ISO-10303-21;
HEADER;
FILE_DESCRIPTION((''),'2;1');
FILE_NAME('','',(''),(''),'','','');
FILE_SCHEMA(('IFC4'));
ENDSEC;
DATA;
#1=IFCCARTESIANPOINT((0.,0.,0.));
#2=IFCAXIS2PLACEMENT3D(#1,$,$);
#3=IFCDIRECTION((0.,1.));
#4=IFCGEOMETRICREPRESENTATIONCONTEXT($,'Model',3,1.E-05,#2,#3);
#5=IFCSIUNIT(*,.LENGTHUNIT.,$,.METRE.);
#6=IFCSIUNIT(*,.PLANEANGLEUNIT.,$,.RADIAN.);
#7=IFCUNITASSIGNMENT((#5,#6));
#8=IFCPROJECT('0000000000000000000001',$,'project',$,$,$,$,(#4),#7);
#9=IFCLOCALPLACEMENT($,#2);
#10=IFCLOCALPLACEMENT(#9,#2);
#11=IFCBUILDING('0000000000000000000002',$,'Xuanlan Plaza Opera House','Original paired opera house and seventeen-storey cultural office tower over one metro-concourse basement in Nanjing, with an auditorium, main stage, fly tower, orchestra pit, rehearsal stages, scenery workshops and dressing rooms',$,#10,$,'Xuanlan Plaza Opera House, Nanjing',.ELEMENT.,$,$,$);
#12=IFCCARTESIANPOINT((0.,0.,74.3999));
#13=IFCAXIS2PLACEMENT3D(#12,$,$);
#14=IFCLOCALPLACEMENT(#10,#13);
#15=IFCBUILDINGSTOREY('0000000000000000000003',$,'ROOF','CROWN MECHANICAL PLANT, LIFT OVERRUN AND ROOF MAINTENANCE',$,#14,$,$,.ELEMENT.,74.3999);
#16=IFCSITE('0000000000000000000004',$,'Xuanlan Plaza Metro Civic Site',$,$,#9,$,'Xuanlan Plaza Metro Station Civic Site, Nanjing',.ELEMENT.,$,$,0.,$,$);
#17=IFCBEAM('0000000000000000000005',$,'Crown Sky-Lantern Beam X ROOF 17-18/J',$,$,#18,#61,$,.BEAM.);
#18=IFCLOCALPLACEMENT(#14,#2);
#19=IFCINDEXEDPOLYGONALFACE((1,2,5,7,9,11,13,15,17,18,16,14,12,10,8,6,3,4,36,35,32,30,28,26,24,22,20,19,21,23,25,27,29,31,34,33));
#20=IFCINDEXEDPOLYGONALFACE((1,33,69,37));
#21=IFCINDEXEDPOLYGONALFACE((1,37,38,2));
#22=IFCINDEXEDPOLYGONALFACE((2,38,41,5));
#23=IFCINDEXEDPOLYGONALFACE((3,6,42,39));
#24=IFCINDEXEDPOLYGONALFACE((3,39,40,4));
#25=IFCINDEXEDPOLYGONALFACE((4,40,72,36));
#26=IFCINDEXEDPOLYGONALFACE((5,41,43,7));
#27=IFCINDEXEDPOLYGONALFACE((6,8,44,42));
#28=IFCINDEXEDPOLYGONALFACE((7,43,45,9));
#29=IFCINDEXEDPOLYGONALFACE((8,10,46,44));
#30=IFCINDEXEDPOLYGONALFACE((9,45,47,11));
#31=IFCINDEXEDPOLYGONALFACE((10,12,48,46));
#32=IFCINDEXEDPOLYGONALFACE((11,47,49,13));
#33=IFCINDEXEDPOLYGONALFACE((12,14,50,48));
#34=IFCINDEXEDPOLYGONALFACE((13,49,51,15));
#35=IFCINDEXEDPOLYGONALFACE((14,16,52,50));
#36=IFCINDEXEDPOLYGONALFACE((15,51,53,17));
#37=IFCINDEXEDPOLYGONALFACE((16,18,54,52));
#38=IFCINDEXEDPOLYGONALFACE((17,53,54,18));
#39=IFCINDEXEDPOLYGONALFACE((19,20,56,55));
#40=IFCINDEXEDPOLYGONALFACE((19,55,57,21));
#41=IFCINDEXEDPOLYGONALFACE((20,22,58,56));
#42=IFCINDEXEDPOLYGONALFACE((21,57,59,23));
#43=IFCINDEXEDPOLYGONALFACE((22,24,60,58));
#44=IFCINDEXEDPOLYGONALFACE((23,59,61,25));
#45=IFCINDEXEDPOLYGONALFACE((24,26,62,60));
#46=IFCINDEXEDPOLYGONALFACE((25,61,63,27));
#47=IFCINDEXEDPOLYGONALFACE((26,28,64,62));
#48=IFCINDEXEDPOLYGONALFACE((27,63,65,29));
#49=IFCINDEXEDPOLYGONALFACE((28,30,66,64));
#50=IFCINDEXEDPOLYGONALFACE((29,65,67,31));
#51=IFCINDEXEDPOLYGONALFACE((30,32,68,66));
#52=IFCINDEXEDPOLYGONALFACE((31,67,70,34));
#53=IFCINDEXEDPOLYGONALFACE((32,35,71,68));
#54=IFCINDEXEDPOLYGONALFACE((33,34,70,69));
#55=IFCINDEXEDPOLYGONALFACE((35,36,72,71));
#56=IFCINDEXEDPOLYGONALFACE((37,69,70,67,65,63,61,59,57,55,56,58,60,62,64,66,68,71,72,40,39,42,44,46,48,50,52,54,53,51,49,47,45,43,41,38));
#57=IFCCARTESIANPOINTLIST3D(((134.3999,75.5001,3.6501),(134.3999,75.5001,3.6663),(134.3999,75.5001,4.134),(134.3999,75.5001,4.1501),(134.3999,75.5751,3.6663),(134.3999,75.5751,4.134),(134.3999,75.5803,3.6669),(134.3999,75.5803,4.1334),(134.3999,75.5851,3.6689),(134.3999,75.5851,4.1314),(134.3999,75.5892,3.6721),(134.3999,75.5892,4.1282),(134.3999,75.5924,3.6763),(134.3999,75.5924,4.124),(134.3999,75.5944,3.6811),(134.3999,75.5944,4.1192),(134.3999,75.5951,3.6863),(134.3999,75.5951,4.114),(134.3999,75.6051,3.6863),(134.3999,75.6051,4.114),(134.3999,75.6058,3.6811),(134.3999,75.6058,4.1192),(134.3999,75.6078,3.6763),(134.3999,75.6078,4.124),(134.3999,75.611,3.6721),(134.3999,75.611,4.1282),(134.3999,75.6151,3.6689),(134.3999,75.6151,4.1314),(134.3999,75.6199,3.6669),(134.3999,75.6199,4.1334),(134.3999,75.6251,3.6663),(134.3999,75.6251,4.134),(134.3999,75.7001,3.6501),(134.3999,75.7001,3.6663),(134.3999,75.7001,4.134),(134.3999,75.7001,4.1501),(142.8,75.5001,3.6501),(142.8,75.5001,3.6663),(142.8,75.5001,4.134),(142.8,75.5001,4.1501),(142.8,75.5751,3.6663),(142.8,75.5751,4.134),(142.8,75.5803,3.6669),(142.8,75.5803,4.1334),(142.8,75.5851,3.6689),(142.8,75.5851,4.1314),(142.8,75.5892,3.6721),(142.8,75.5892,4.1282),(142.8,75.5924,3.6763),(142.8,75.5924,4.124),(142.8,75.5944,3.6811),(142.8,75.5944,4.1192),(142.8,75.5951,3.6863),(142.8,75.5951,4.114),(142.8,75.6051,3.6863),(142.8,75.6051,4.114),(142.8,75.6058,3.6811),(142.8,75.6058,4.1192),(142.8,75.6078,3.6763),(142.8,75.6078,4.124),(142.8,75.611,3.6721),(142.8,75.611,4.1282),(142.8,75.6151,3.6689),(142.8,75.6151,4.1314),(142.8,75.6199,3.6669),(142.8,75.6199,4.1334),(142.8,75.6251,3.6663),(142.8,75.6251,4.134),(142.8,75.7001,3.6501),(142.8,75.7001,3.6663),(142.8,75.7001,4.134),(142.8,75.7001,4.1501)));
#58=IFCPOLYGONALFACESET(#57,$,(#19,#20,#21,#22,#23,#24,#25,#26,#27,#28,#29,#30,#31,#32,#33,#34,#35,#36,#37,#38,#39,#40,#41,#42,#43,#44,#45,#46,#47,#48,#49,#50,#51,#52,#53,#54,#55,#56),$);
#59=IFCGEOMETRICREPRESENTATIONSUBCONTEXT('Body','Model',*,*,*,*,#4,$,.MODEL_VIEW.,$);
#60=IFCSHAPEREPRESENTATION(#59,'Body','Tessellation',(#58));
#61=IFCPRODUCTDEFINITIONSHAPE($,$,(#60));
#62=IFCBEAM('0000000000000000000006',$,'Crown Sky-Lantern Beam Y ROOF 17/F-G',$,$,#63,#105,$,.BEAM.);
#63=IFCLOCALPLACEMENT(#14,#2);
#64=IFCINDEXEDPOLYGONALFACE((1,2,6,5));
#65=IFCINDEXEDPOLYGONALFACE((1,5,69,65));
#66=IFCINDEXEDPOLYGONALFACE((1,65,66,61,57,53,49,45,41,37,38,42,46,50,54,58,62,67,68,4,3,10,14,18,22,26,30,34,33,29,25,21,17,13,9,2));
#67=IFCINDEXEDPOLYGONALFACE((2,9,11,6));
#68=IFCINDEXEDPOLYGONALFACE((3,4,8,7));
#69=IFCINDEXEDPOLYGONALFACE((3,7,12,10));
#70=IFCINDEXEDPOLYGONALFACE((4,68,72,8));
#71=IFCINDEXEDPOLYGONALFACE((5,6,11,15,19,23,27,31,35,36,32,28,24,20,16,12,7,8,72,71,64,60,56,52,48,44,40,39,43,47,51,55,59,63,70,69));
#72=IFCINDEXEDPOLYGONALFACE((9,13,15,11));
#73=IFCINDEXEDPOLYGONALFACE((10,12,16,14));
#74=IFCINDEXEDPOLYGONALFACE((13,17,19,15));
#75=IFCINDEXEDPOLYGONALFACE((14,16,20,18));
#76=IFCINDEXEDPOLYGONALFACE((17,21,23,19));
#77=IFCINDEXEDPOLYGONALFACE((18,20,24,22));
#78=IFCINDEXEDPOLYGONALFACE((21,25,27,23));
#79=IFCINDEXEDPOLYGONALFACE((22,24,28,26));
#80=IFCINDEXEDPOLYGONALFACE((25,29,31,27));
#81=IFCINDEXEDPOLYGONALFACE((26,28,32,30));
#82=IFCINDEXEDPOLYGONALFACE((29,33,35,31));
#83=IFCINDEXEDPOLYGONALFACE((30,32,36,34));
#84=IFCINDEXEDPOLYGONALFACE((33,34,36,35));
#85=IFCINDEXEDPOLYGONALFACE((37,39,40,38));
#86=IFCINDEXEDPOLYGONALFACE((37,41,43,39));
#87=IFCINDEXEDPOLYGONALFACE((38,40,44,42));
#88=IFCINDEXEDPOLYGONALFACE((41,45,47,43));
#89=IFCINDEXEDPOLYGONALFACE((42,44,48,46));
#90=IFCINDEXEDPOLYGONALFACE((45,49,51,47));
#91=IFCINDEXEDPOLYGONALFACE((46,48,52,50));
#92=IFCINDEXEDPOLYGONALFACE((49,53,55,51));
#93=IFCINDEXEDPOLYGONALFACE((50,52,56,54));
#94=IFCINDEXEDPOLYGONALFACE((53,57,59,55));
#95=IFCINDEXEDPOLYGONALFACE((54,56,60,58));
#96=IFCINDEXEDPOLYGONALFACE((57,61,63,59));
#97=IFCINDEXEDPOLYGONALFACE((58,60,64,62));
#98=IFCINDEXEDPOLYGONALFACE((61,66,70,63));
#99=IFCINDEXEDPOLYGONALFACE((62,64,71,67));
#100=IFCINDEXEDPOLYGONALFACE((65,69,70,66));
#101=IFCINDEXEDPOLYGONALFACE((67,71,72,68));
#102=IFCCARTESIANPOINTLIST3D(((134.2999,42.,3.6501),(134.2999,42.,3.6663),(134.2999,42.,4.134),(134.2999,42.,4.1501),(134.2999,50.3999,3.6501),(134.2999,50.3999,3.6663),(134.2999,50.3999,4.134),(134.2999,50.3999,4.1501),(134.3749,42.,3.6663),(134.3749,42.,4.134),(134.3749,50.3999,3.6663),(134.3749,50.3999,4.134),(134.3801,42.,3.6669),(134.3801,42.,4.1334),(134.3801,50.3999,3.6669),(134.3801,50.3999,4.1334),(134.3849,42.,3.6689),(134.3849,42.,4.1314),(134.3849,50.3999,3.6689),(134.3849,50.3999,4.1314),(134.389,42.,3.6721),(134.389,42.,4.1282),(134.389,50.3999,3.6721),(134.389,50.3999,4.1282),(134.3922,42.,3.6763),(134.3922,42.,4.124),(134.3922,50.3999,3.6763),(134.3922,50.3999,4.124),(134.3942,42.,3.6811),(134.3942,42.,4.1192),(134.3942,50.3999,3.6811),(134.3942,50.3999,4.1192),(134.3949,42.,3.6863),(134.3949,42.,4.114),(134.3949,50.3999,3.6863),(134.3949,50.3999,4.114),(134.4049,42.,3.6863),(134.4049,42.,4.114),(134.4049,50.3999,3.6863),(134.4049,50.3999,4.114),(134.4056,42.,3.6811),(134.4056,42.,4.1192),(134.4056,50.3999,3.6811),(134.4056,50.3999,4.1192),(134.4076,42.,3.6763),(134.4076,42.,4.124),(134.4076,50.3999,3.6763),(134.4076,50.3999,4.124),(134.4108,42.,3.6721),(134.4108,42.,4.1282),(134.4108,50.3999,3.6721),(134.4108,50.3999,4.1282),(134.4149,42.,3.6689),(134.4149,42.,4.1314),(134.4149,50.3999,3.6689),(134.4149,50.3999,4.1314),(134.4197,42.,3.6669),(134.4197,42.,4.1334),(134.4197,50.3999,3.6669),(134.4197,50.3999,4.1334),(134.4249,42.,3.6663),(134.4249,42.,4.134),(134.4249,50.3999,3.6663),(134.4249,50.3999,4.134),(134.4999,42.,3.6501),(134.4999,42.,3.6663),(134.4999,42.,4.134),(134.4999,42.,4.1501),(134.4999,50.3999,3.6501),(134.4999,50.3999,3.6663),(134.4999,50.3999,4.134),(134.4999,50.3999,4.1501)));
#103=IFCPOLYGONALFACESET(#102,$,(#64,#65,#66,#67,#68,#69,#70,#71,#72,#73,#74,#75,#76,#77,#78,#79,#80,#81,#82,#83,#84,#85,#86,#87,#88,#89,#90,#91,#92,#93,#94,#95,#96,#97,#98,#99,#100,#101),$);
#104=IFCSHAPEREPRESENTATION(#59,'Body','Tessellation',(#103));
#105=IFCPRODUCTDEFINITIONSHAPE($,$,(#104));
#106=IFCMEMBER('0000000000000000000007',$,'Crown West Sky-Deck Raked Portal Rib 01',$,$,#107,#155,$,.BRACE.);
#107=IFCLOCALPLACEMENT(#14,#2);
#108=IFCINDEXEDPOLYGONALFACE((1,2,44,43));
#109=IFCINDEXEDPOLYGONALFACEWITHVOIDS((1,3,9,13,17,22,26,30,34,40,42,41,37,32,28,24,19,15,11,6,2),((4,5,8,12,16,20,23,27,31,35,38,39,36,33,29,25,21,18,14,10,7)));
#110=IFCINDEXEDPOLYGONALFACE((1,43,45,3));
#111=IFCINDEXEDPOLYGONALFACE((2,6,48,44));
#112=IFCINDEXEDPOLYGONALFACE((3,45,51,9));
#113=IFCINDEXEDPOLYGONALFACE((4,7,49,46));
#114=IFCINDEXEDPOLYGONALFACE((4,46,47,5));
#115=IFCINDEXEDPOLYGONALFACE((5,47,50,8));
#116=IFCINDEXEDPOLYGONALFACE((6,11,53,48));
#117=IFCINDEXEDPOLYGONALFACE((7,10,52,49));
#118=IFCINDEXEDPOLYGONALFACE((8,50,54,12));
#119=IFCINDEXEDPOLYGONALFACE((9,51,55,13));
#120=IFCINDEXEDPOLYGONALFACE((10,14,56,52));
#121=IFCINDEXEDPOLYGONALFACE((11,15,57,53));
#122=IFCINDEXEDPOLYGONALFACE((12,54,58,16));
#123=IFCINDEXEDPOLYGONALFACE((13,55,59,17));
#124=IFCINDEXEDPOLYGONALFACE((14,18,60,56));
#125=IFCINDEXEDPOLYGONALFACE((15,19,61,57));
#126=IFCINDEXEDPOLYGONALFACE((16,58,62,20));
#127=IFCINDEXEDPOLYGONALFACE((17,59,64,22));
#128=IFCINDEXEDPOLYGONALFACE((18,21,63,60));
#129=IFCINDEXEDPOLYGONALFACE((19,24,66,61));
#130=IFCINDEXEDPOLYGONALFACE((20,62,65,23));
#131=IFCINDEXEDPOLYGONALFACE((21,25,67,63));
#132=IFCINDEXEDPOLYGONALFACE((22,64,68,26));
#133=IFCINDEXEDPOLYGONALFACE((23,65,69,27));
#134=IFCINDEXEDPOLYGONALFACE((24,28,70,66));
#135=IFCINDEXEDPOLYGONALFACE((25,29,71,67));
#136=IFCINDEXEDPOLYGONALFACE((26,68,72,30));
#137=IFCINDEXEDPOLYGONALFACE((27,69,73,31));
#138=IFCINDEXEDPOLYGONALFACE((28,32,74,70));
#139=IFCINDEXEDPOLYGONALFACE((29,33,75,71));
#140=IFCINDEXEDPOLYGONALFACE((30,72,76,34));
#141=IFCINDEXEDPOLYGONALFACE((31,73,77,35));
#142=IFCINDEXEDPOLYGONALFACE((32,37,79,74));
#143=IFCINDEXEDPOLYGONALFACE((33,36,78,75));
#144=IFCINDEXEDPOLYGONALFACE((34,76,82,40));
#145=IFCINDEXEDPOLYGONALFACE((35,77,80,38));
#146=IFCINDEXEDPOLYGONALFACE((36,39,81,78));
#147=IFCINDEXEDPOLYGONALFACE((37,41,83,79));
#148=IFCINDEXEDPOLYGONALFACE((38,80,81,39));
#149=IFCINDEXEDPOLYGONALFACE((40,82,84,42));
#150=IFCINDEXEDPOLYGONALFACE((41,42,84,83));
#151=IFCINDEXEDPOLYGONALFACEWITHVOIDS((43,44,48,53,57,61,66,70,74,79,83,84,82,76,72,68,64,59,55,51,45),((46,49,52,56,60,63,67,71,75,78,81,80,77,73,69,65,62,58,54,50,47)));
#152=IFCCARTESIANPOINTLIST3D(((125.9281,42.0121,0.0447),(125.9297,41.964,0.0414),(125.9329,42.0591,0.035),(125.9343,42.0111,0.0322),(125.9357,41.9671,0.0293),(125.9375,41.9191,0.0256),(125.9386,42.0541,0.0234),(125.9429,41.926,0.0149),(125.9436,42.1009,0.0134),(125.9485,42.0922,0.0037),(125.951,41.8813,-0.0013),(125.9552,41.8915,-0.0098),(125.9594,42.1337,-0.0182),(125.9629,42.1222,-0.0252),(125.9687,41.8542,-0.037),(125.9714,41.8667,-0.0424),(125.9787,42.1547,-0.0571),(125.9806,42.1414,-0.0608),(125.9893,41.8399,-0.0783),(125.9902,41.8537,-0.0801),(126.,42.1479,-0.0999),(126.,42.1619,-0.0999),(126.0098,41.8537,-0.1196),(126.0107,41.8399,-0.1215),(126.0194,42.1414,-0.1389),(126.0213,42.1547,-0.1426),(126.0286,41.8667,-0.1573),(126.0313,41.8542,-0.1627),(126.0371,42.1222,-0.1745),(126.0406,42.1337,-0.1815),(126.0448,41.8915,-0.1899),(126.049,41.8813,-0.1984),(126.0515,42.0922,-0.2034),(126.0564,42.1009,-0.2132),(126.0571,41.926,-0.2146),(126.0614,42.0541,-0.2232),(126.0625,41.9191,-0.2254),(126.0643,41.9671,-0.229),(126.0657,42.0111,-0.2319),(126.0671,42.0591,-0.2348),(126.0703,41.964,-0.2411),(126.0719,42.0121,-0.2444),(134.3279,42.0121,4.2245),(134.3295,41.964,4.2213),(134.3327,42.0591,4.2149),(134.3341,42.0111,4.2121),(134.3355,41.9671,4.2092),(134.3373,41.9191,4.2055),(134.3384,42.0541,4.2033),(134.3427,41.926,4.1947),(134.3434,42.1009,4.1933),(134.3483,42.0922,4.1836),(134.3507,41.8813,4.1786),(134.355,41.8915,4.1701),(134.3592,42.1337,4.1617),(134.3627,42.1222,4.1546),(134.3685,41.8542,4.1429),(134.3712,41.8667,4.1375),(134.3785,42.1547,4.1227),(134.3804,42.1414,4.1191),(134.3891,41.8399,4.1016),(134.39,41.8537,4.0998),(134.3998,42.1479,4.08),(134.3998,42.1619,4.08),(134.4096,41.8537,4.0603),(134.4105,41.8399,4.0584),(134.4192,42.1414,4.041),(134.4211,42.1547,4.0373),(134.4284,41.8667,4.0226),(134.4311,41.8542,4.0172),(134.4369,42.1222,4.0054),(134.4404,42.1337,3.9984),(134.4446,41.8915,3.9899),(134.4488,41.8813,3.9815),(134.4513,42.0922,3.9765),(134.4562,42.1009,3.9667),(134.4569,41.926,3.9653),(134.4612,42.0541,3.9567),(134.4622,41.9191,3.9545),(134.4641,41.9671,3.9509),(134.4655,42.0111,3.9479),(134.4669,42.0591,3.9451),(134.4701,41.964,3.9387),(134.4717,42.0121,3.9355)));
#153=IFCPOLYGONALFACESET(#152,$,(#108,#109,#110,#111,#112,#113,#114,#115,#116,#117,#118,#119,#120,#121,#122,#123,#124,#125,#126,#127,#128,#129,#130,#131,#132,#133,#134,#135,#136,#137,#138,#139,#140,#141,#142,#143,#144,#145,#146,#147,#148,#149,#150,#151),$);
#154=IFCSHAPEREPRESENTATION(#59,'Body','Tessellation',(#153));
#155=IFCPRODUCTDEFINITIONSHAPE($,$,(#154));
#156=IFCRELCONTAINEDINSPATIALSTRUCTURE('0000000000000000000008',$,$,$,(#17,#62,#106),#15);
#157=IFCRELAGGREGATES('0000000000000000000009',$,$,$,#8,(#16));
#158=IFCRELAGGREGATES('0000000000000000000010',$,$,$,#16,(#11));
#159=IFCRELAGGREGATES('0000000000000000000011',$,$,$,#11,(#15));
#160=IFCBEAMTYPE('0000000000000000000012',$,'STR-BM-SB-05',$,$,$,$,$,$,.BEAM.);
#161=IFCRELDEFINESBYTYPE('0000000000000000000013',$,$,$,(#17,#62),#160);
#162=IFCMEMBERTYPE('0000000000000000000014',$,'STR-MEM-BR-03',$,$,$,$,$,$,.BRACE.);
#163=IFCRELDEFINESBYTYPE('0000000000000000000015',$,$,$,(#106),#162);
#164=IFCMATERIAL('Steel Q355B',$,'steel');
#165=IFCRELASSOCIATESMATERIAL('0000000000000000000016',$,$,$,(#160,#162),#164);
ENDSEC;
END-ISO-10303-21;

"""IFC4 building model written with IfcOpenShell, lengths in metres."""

from ifc_helpers import new_model, si_unit, direction, frame, origin, origin_2d, place, context, subcontext, project, spatial, hollow_circle, i_section, extrude, material, material_profile, profile_set, type_object, element, save


model = new_model("IFC4")

# Units and contexts
model_context = context("Model", 3, precision=1e-05, world=origin(), true_north=direction((0.0, 1.0)))
body_context = subcontext(model_context, "Body", "Model", "MODEL_VIEW")
ifc_project = project(units=[si_unit("LENGTHUNIT", "METRE"), si_unit("PLANEANGLEUNIT", "RADIAN")], contexts=[model_context])

# Site, building, storey
site_placement = place(None, origin())
site = spatial("IfcSite", under=ifc_project, at=site_placement, Name="Xuanlan Plaza Metro Civic Site", LongName="Xuanlan Plaza Metro Station Civic Site, Nanjing", CompositionType="ELEMENT", RefElevation=0.0)
building_placement = place(site_placement, origin())
building = spatial("IfcBuilding", under=site, at=building_placement, Name="Xuanlan Plaza Opera House", Description="Original paired opera house and seventeen-storey cultural office tower over one metro-concourse basement in Nanjing, with an auditorium, main stage, fly tower, orchestra pit, rehearsal stages, scenery workshops and dressing rooms", LongName="Xuanlan Plaza Opera House, Nanjing", CompositionType="ELEMENT")
storey_placement = place(building_placement, frame((0.0, 0.0, 74.3999)))
storey = spatial("IfcBuildingStorey", under=building, at=storey_placement, Name="ROOF", Description="CROWN MECHANICAL PLANT, LIFT OVERRUN AND ROOF MAINTENANCE", CompositionType="ELEMENT", Elevation=74.3999)

# Shared definitions
ifc_material_1 = material(Name="Steel Q355B", Category="steel")

# Beams
ifc_material_profile_1 = material_profile(ifc_material_1, i_section(OverallWidth=0.2, OverallDepth=0.5, WebThickness=0.01, FlangeThickness=0.0161, FilletRadius=0.02, at=origin_2d()), Name="HN 500x200x10x16")
ifc_profile_set_1 = profile_set([ifc_material_profile_1], Name="Steel Q355B")
beam_type = type_object("IfcBeamType", Name="STR-BM-SB-05", PredefinedType="BEAM", material=ifc_profile_set_1)
for number, where, z_axis, x_axis, name in (
    (1, (134.3999, 75.6001, 3.9001), (1.0, 0.0, 0.0), (0.0, 1.0, 0.0), "Crown Sky-Lantern Beam X ROOF 17-18/J"),
):
    element("IfcBeam", number, at=place(storey_placement, frame(where, z_axis=z_axis, x_axis=x_axis)), inside=storey, type_object=beam_type, Name=name, PredefinedType="BEAM", context=body_context, shape_type="SweptSolid", body=[
        extrude(i_section(OverallWidth=0.2, OverallDepth=0.5, WebThickness=0.01, FlangeThickness=0.0161, FilletRadius=0.02, at=origin_2d()), origin(), (0.0, 0.0, 1.0), 8.4001),
    ])
beam_placement = place(storey_placement, frame((134.3999, 42.0, 3.9001), z_axis=(0.0, 1.0, 0.0), x_axis=(-1.0, 0.0, 0.0)))
element("IfcBeam", 2, at=beam_placement, inside=storey, type_object=beam_type, Name="Crown Sky-Lantern Beam Y ROOF 17/F-G", PredefinedType="BEAM", context=body_context, shape_type="SweptSolid", body=[
    extrude(i_section(OverallWidth=0.2, OverallDepth=0.5, WebThickness=0.01, FlangeThickness=0.0161, FilletRadius=0.02, at=origin_2d()), origin(), (0.0, 0.0, 1.0), 8.3999),
])

# Member
ifc_material_profile_2 = material_profile(ifc_material_1, hollow_circle(Radius=0.1619, WallThickness=0.0139, at=origin_2d()), Name="CHS 323.9x14")
ifc_profile_set_2 = profile_set([ifc_material_profile_2], Name="Steel Q355B")
member_type = type_object("IfcMemberType", Name="STR-MEM-BR-03", PredefinedType="BRACE", material=ifc_profile_set_2)
for number, where, z_axis, x_axis, name in (
    (3, (126.0, 42.0, -0.0999), (0.895279, 0.0, 0.445506), (0.0, 1.0, 0.0), "Crown West Sky-Deck Raked Portal Rib 01"),
):
    element("IfcMember", number, at=place(storey_placement, frame(where, z_axis=z_axis, x_axis=x_axis)), inside=storey, type_object=member_type, Name=name, PredefinedType="BRACE", context=body_context, shape_type="SweptSolid", body=[
        extrude(hollow_circle(Radius=0.1619, WallThickness=0.0139, at=origin_2d()), origin(), (0.0, 0.0, 1.0), 9.3823),
    ])

save(model, "model.ifc")
